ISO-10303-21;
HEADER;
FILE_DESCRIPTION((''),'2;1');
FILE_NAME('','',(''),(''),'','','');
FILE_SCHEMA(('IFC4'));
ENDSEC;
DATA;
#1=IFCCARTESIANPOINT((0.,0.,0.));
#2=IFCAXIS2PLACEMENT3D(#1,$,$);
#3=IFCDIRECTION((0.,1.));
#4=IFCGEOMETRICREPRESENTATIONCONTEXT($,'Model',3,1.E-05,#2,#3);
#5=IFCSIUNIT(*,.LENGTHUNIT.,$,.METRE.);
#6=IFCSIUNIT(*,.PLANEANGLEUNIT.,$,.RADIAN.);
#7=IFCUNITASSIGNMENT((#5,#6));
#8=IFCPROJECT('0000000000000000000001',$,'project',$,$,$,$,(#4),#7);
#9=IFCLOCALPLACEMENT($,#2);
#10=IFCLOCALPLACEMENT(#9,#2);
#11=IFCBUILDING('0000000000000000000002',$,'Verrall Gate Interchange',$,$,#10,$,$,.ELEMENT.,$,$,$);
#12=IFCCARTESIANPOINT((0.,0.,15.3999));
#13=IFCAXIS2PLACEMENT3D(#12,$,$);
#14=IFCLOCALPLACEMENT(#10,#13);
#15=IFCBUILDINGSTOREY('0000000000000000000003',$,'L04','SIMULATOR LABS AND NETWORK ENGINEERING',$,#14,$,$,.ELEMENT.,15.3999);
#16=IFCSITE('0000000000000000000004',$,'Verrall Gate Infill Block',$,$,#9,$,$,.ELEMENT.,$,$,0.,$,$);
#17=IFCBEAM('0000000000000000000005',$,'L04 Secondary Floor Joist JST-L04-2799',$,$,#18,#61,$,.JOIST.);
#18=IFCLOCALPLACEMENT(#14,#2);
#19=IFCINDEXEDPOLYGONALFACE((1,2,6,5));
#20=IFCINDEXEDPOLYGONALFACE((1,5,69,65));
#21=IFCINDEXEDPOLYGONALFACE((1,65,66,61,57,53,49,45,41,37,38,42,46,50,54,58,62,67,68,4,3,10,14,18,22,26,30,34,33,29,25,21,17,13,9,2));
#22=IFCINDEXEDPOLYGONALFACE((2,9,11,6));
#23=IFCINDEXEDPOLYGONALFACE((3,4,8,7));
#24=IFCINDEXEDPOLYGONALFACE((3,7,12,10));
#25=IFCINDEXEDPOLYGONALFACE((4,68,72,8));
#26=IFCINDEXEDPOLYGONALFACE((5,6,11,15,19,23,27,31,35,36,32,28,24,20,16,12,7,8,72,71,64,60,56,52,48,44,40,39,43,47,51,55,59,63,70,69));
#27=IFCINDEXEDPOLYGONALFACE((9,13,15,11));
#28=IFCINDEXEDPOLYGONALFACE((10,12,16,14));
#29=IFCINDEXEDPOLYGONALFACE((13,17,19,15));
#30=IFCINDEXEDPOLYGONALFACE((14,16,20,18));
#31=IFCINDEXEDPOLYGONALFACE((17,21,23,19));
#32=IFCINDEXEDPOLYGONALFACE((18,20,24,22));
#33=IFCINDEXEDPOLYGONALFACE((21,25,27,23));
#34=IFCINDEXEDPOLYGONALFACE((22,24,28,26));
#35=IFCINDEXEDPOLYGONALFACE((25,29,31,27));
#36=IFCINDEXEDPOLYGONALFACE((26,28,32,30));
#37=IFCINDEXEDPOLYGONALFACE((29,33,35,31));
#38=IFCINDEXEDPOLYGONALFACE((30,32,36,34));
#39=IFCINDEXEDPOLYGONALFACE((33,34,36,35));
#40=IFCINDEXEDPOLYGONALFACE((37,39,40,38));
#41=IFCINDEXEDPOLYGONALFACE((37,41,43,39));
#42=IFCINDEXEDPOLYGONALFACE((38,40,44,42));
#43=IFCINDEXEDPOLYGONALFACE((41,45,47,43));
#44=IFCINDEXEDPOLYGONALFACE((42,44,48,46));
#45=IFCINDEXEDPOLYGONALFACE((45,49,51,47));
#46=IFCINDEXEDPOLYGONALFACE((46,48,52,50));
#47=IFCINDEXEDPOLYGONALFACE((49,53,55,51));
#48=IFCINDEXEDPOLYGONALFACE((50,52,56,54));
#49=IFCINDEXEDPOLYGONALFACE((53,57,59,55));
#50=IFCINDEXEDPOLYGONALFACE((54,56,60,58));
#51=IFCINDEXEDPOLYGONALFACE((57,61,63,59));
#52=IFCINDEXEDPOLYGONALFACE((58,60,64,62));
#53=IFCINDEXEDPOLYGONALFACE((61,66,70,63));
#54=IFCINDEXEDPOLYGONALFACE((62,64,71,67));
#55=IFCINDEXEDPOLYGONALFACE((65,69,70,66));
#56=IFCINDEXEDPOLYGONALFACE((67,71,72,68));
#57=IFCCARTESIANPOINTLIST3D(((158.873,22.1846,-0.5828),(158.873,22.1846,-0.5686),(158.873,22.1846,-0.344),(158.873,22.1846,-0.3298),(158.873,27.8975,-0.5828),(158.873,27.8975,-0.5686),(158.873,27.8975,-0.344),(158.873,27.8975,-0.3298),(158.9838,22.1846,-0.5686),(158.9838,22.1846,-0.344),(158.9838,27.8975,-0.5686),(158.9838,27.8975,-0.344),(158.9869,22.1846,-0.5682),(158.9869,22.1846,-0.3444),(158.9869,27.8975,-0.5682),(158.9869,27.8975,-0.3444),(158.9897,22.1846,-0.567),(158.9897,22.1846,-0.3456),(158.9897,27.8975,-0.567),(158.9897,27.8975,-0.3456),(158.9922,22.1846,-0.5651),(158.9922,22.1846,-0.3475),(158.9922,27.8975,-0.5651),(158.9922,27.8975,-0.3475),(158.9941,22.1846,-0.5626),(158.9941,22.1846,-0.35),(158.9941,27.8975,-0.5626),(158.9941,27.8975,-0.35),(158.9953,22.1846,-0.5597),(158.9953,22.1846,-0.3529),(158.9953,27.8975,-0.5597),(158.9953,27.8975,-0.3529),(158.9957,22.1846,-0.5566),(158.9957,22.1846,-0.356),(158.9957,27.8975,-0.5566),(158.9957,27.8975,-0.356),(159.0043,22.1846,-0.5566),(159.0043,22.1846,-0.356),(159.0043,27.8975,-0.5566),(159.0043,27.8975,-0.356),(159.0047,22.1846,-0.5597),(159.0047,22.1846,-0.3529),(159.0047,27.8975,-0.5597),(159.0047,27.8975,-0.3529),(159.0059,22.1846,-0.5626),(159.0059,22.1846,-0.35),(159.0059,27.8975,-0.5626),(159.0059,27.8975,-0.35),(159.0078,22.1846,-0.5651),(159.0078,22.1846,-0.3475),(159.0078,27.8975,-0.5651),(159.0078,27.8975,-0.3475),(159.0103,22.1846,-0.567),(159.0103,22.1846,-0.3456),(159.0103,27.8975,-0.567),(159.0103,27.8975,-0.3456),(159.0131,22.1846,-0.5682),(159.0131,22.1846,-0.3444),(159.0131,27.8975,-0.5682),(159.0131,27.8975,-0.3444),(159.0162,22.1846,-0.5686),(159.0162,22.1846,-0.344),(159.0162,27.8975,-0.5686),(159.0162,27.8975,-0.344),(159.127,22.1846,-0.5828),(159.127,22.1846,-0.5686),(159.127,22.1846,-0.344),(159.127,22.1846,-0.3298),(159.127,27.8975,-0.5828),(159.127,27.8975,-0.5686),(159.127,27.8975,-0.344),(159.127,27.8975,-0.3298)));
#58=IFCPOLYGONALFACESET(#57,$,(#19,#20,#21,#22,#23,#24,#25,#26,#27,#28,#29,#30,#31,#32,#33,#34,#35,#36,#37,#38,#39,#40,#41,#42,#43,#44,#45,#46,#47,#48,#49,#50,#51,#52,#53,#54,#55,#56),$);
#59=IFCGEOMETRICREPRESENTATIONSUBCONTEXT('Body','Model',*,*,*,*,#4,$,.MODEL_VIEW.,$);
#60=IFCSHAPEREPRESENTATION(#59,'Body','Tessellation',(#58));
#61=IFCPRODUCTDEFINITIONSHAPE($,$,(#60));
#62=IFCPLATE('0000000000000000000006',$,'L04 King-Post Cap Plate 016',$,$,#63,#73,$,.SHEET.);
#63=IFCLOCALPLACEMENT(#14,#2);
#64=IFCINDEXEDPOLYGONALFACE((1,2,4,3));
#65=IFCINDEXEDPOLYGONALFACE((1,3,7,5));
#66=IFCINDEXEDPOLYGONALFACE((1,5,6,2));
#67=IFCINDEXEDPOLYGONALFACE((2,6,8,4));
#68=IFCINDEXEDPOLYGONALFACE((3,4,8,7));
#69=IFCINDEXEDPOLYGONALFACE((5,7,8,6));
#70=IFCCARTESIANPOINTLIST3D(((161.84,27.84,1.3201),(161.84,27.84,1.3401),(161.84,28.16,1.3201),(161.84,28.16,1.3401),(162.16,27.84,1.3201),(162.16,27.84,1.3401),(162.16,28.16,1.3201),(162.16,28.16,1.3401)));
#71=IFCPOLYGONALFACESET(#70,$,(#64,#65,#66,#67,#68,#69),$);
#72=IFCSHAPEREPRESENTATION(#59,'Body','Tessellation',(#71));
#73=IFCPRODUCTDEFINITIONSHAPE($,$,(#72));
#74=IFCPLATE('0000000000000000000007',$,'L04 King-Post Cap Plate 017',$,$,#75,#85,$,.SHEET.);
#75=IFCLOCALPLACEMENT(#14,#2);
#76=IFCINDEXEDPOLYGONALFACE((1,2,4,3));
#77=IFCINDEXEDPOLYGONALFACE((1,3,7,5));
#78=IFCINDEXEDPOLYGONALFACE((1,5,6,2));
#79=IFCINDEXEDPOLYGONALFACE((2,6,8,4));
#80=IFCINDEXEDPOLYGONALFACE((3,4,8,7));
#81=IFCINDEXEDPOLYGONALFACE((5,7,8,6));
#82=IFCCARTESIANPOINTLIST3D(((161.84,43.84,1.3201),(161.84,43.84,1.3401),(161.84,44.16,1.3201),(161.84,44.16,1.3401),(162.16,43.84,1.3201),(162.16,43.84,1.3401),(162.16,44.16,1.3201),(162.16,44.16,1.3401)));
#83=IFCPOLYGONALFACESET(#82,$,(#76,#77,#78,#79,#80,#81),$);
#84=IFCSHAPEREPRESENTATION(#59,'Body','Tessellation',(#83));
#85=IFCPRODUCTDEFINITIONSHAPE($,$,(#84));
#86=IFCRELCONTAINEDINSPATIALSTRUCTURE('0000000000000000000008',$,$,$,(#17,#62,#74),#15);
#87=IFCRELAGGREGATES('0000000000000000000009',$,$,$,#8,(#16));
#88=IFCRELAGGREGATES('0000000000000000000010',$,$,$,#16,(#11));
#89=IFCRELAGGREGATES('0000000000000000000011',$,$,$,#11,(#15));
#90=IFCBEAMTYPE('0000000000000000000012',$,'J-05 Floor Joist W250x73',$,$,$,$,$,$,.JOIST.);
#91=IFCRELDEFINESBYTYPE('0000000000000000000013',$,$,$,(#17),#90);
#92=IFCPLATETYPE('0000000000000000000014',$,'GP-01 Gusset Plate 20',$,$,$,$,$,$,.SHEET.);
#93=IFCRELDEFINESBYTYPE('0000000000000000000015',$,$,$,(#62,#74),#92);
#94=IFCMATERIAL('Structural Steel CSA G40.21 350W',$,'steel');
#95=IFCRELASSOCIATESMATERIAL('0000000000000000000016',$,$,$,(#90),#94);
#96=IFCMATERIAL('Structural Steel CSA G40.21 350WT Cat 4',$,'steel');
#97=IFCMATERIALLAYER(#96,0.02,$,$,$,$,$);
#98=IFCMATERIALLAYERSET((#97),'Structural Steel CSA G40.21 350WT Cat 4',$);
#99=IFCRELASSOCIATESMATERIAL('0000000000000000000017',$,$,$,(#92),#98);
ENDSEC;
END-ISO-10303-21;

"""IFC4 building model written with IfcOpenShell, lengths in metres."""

from ifc_helpers import new_model, si_unit, direction, frame, origin, origin_2d, place, context, subcontext, project, spatial, rectangle, i_section, extrude, material, layer, layer_set, material_profile, profile_set, type_object, element, save


model = new_model("IFC4")

# Units and contexts
model_context = context("Model", 3, precision=1e-05, world=origin(), true_north=direction((0.0, 1.0)))
body_context = subcontext(model_context, "Body", "Model", "MODEL_VIEW")
ifc_project = project(units=[si_unit("LENGTHUNIT", "METRE"), si_unit("PLANEANGLEUNIT", "RADIAN")], contexts=[model_context])

# Site, building, storey
site_placement = place(None, origin())
site = spatial("IfcSite", under=ifc_project, at=site_placement, Name="Verrall Gate Infill Block", CompositionType="ELEMENT", RefElevation=0.0)
building_placement = place(site_placement, origin())
building = spatial("IfcBuilding", under=site, at=building_placement, Name="Verrall Gate Interchange", CompositionType="ELEMENT")
storey_placement = place(building_placement, frame((0.0, 0.0, 15.3999)))
storey = spatial("IfcBuildingStorey", under=building, at=storey_placement, Name="L04", Description="SIMULATOR LABS AND NETWORK ENGINEERING", CompositionType="ELEMENT", Elevation=15.3999)

# Beam
ifc_material_1 = material(Name="Structural Steel CSA G40.21 350W", Category="steel")
ifc_material_profile_1 = material_profile(ifc_material_1, i_section(OverallWidth=0.2539, OverallDepth=0.2529, WebThickness=0.0085, FlangeThickness=0.0142, FilletRadius=0.012, at=origin_2d()), Name="W250x73")
ifc_profile_set_1 = profile_set([ifc_material_profile_1], Name="Structural Steel CSA G40.21 350W")
beam_type_1 = type_object("IfcBeamType", Name="J-05 Floor Joist W250x73", PredefinedType="JOIST", material=ifc_profile_set_1)
beam_1_placement = place(storey_placement, frame((159.0, 22.1846, -0.4563), z_axis=(0.0, 1.0, 0.0), x_axis=(-1.0, 0.0, 0.0)))
element("IfcBeam", 1, at=beam_1_placement, inside=storey, type_object=beam_type_1, Name="L04 Secondary Floor Joist JST-L04-2799", PredefinedType="JOIST", context=body_context, shape_type="SweptSolid", body=[
    extrude(i_section(OverallWidth=0.2539, OverallDepth=0.2529, WebThickness=0.0085, FlangeThickness=0.0142, FilletRadius=0.012, at=origin_2d()), origin(), (0.0, 0.0, 1.0), 5.7129),
])

# Plates
ifc_material_2 = material(Name="Structural Steel CSA G40.21 350WT Cat 4", Category="steel")
ifc_layer = layer(ifc_material_2, 0.02)
ifc_layer_set = layer_set([ifc_layer], Name="Structural Steel CSA G40.21 350WT Cat 4")
plate_type = type_object("IfcPlateType", Name="GP-01 Gusset Plate 20", PredefinedType="SHEET", material=ifc_layer_set)
for number, where, z_axis, x_axis, name in (
    (2, (162.0, 28.0, 1.3201), (0.0, 0.0, 1.0), (1.0, 0.0, 0.0), "L04 King-Post Cap Plate 016"),
    (3, (162.0, 44.0, 1.3201), (0.0, 0.0, 1.0), (1.0, 0.0, 0.0), "L04 King-Post Cap Plate 017"),
):
    element("IfcPlate", number, at=place(storey_placement, frame(where, z_axis=z_axis, x_axis=x_axis)), inside=storey, type_object=plate_type, Name=name, PredefinedType="SHEET", context=body_context, shape_type="SweptSolid", body=[
        extrude(rectangle(XDim=0.3201, YDim=0.3201, at=origin_2d()), origin(), (0.0, 0.0, 1.0), 0.02),
    ])

save(model, "model.ifc")
